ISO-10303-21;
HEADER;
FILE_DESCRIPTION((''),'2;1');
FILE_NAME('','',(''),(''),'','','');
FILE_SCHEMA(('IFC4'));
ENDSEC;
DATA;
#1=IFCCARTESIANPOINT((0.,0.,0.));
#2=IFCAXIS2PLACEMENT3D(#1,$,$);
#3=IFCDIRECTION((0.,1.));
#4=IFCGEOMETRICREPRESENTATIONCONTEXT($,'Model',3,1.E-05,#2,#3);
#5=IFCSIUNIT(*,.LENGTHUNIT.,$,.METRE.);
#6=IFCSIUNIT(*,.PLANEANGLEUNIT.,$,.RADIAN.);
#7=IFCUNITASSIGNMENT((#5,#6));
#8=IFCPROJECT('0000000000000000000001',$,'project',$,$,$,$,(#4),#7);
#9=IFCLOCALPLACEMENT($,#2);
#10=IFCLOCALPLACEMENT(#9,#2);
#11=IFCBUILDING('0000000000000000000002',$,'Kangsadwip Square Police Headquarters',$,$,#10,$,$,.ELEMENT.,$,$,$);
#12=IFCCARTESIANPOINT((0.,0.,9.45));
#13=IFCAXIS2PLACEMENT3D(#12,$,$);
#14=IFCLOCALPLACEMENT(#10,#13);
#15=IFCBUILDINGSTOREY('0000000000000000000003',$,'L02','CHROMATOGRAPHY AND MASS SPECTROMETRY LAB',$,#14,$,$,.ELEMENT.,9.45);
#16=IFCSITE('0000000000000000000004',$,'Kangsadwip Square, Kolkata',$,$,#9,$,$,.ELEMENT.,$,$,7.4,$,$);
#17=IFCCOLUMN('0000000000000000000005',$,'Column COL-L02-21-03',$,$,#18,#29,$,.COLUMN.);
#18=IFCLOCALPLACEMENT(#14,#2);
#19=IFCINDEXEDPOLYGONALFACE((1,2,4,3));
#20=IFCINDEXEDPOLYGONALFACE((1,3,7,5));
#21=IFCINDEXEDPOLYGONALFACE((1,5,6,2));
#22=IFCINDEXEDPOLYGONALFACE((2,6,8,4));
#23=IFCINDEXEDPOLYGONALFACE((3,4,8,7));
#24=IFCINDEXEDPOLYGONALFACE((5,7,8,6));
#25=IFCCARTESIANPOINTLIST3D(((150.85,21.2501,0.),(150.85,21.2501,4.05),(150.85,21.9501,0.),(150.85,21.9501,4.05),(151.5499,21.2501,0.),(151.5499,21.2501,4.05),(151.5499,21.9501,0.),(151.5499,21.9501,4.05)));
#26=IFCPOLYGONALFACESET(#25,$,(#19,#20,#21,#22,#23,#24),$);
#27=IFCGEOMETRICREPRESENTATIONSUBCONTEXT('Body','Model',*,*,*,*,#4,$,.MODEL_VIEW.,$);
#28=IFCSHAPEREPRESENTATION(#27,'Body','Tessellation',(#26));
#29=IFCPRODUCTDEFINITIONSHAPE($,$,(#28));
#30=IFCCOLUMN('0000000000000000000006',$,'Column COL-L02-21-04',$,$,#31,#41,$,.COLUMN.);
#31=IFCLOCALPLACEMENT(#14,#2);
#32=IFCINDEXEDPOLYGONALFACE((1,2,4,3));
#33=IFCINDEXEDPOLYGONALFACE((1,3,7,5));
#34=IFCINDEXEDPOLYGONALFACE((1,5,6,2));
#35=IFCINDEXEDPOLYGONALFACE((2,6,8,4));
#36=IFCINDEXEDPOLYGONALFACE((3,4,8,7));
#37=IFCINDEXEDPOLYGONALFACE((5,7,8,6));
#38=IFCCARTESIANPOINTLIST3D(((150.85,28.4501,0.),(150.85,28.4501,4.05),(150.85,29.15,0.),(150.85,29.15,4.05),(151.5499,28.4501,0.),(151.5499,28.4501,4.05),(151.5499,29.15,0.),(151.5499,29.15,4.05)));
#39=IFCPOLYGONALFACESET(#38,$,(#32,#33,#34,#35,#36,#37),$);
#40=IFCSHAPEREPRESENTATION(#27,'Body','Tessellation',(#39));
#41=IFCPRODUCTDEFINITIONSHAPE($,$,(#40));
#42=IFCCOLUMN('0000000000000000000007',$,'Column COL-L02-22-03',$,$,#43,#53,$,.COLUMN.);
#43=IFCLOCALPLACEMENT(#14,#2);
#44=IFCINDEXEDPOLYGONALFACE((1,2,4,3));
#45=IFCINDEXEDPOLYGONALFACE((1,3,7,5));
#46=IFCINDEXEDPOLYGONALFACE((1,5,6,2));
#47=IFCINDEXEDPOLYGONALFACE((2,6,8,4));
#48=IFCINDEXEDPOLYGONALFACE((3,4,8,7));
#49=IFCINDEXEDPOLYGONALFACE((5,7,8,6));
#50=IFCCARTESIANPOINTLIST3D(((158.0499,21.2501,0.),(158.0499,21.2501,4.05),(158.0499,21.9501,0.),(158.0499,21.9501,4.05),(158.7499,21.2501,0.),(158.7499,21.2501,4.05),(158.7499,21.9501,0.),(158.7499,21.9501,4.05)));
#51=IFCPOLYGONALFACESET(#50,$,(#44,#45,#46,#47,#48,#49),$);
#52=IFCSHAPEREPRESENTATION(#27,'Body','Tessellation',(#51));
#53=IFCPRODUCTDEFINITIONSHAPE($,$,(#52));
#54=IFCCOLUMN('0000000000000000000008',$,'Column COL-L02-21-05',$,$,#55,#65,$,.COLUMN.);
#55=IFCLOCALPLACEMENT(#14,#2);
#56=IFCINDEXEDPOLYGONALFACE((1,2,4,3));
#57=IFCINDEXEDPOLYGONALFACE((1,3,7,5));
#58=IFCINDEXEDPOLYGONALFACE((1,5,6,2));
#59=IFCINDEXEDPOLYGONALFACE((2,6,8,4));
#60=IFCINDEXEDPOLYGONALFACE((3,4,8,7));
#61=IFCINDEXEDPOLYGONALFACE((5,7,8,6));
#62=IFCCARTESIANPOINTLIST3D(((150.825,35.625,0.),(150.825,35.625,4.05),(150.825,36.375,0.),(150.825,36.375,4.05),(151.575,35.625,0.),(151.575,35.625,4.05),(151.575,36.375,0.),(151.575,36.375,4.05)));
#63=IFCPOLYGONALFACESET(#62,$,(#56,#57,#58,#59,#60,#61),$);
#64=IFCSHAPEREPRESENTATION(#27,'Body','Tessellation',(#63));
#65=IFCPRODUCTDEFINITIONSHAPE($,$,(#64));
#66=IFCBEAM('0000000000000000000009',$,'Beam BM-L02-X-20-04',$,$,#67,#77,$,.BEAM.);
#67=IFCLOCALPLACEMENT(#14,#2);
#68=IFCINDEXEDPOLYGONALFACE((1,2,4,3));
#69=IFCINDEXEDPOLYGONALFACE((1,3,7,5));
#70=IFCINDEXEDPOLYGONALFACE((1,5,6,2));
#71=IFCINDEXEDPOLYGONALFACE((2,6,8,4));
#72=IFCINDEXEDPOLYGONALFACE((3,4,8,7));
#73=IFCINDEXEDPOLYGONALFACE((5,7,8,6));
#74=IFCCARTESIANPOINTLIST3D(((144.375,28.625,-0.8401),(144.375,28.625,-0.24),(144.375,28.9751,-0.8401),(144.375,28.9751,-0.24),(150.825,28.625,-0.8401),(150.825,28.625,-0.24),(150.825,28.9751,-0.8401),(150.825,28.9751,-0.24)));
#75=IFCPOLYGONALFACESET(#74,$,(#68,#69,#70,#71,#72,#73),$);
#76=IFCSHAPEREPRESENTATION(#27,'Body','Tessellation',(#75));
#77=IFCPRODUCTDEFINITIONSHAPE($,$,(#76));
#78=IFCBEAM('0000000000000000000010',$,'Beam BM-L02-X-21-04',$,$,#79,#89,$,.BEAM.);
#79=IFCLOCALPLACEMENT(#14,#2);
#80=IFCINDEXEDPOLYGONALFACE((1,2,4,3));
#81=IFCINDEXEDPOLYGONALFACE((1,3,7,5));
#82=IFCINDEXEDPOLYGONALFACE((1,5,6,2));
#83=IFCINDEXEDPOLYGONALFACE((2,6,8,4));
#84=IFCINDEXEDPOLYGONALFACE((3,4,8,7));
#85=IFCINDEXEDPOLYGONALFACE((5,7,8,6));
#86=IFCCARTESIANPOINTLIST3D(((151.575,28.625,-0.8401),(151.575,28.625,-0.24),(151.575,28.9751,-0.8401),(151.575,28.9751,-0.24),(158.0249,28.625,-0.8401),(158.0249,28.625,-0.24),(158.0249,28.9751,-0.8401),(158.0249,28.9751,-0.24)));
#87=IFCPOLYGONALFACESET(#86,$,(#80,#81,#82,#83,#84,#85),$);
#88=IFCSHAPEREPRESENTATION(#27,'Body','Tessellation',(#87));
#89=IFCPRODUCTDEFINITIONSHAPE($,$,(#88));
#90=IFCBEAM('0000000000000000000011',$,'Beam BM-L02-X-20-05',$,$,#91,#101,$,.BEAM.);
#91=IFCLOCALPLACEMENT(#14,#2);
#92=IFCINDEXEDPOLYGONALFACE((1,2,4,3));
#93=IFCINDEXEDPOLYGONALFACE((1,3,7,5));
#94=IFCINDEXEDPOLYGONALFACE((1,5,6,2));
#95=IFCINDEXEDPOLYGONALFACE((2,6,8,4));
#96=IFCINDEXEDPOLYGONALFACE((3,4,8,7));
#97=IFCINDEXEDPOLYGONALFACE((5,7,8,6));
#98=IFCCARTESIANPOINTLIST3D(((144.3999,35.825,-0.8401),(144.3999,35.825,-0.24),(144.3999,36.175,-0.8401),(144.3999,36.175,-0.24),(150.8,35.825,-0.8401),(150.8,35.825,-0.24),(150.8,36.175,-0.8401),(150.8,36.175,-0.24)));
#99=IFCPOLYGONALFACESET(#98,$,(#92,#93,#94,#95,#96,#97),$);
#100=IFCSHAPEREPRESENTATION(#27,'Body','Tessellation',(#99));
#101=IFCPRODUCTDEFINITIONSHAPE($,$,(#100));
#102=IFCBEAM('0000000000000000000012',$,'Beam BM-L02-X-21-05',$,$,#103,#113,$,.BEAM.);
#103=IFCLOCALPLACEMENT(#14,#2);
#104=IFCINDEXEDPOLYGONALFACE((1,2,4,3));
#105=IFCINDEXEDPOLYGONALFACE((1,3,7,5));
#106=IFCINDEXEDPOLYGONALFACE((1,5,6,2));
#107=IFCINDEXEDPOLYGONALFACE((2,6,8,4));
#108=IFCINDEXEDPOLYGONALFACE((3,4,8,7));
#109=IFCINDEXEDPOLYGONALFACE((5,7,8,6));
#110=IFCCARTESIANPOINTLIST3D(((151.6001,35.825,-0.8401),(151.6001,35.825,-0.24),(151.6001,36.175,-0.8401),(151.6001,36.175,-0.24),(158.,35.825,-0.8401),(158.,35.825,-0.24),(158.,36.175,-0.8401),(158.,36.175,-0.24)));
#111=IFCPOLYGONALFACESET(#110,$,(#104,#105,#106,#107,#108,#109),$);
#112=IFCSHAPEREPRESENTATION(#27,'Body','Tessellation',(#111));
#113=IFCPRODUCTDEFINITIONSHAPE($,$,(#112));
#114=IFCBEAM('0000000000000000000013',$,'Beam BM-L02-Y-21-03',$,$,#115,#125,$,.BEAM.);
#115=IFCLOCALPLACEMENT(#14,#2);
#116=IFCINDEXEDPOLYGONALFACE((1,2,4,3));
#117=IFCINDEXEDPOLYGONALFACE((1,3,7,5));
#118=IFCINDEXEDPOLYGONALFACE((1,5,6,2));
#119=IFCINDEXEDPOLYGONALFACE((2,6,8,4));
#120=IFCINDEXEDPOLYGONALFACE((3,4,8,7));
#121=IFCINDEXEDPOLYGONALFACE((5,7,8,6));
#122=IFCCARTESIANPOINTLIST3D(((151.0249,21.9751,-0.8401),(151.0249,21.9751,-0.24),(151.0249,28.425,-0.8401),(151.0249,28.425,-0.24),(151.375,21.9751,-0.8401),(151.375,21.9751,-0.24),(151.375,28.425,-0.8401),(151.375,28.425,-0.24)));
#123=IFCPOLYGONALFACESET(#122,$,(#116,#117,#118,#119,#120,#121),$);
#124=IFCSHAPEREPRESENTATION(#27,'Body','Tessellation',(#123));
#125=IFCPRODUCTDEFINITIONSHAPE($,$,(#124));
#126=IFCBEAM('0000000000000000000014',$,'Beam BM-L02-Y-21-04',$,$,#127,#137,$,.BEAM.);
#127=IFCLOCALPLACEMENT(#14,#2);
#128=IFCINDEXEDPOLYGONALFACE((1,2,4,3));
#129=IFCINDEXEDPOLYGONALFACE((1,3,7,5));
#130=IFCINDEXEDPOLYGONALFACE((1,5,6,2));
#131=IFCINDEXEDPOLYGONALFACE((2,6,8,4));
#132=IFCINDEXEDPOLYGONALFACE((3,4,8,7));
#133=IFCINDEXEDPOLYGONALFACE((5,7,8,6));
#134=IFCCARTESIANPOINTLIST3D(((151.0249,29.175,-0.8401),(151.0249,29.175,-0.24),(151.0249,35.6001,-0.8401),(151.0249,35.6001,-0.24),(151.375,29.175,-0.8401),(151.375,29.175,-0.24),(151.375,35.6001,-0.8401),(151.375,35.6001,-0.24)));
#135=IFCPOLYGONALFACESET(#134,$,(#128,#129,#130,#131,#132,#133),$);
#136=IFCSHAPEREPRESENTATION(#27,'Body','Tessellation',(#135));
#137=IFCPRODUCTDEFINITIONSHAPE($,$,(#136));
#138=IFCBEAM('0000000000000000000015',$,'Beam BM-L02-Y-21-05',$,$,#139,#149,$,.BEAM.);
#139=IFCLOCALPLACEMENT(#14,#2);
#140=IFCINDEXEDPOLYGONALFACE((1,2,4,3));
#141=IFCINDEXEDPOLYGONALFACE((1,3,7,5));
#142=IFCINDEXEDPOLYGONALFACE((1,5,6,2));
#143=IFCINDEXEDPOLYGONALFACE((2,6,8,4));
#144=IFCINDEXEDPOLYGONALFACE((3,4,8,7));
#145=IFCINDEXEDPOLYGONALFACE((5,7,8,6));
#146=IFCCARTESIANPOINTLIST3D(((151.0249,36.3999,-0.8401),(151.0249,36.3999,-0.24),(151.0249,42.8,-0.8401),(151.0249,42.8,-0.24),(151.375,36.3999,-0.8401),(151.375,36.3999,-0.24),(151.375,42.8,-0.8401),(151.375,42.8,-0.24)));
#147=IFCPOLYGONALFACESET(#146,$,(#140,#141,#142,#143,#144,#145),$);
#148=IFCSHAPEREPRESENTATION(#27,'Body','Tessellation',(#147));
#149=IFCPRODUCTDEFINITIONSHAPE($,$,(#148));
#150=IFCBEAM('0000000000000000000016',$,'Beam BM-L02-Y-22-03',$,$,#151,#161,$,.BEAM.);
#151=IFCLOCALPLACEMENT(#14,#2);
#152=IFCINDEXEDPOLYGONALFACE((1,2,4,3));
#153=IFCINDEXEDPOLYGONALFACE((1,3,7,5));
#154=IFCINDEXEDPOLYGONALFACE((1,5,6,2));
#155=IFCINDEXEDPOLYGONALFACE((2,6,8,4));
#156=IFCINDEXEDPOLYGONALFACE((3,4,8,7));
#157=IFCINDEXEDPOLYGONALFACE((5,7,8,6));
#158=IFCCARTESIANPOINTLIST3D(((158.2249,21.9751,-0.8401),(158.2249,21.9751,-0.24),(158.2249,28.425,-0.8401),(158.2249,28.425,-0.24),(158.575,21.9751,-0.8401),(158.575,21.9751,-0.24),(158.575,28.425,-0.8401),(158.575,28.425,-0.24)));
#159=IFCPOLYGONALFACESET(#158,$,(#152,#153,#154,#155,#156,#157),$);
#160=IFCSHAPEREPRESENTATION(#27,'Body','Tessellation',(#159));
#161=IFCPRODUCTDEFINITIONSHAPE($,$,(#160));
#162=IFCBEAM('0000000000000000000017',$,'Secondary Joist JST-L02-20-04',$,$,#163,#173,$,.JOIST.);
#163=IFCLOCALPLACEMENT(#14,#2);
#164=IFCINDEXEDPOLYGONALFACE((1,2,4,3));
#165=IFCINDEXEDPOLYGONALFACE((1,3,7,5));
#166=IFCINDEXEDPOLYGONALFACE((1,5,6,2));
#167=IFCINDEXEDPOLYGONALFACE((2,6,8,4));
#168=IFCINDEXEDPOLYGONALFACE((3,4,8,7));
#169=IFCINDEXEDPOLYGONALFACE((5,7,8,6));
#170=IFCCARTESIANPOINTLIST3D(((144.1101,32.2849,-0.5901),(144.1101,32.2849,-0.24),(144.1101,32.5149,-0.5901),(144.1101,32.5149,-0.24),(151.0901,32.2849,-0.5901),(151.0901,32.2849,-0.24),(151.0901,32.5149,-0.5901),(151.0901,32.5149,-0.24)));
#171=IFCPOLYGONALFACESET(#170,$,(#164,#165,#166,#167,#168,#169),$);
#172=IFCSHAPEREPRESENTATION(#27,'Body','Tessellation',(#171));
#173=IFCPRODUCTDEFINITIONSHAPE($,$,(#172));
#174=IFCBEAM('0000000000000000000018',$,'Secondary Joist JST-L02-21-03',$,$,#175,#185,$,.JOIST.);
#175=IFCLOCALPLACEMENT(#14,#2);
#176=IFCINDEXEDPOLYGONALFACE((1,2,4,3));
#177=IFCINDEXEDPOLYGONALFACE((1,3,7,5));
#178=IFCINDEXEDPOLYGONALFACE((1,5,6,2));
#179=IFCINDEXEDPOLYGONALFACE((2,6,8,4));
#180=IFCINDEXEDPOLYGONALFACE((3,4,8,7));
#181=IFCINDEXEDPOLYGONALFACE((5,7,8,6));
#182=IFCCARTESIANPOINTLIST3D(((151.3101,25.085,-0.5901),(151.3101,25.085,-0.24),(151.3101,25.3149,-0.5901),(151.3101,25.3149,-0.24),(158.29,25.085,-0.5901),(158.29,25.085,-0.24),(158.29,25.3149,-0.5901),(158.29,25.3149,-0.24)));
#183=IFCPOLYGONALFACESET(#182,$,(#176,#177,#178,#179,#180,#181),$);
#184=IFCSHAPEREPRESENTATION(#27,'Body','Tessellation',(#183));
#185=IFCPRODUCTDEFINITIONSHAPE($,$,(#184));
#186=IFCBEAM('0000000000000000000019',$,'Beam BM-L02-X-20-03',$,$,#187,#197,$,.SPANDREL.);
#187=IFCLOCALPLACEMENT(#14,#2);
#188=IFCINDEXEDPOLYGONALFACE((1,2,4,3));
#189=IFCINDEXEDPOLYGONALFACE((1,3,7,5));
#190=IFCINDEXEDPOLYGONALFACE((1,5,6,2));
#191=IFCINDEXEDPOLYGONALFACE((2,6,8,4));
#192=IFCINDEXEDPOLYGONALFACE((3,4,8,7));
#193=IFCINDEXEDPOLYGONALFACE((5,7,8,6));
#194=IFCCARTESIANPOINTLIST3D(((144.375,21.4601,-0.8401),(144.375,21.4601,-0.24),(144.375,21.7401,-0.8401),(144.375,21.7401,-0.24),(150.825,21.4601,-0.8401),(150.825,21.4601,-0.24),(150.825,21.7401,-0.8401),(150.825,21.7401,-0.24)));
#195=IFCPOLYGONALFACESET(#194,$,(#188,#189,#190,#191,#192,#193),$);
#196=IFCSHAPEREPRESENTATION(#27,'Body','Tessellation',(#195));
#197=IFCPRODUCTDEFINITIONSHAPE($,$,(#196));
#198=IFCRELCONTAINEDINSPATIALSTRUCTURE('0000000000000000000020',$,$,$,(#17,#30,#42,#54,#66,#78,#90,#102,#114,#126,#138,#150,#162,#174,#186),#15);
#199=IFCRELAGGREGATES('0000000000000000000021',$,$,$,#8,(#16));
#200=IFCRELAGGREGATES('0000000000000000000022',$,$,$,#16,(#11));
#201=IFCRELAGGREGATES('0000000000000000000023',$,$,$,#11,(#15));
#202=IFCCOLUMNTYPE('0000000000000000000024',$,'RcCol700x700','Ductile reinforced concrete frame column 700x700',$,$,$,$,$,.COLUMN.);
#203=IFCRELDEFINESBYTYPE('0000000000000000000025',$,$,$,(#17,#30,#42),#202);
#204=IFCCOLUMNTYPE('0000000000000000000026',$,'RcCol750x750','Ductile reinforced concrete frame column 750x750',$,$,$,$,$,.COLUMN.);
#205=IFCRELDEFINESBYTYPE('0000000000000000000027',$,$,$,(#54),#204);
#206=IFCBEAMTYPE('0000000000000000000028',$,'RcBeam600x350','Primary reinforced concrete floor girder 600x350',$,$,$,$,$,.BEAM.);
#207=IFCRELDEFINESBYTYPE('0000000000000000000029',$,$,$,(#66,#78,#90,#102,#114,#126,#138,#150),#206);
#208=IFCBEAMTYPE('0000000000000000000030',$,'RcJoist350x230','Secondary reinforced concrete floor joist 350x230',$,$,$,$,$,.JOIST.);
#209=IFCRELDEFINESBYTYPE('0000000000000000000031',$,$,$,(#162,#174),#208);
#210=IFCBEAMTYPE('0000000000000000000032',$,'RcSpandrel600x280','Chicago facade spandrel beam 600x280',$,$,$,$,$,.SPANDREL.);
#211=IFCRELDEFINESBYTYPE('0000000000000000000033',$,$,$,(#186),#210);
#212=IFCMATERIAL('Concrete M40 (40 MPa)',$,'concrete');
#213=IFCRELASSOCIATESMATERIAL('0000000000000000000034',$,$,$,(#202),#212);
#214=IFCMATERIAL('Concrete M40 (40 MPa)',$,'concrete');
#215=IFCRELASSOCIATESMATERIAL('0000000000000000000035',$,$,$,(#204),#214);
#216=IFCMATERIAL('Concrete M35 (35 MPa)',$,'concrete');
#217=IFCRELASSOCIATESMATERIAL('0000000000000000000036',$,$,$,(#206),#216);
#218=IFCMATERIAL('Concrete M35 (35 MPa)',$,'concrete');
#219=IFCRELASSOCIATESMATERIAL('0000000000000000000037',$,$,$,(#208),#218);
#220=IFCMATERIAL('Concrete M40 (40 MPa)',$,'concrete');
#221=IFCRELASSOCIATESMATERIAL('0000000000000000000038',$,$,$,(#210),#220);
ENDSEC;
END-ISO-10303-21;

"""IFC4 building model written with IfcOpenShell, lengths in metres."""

from ifc_helpers import new_model, si_unit, direction, frame, origin, origin_2d, place, context, subcontext, project, spatial, rectangle, extrude, material, material_profile, profile_set, type_object, element, save


model = new_model("IFC4")

# Units and contexts
model_context = context("Model", 3, precision=1e-05, world=origin(), true_north=direction((0.0, 1.0)))
body_context = subcontext(model_context, "Body", "Model", "MODEL_VIEW")
ifc_project = project(units=[si_unit("LENGTHUNIT", "METRE"), si_unit("PLANEANGLEUNIT", "RADIAN")], contexts=[model_context])

# Site, building, storey
site_placement = place(None, origin())
site = spatial("IfcSite", under=ifc_project, at=site_placement, Name="Kangsadwip Square, Kolkata", CompositionType="ELEMENT", RefElevation=7.4)
building_placement = place(site_placement, origin())
building = spatial("IfcBuilding", under=site, at=building_placement, Name="Kangsadwip Square Police Headquarters", CompositionType="ELEMENT")
storey_placement = place(building_placement, frame((0.0, 0.0, 9.45)))
storey = spatial("IfcBuildingStorey", under=building, at=storey_placement, Name="L02", Description="CHROMATOGRAPHY AND MASS SPECTROMETRY LAB", CompositionType="ELEMENT", Elevation=9.45)

# Columns
ifc_material_1 = material(Name="Concrete M40 (40 MPa)", Category="concrete")
ifc_material_profile_1 = material_profile(ifc_material_1, rectangle(XDim=0.7, YDim=0.7, at=origin_2d()), Name="RC COL 700X700")
ifc_profile_set_1 = profile_set([ifc_material_profile_1], Name="Concrete M40 (40 MPa)")
column_type_1 = type_object("IfcColumnType", Name="RcCol700x700", Description="Ductile reinforced concrete frame column 700x700", PredefinedType="COLUMN", material=ifc_profile_set_1)
for number, where, z_axis, x_axis, name in (
    (1, (151.2, 21.6001, 0.0), (0.0, 0.0, 1.0), (1.0, 0.0, 0.0), "Column COL-L02-21-03"),
    (2, (151.2, 28.8, 0.0), (0.0, 0.0, 1.0), (1.0, 0.0, 0.0), "Column COL-L02-21-04"),
    (3, (158.3999, 21.6001, 0.0), (0.0, 0.0, 1.0), (1.0, 0.0, 0.0), "Column COL-L02-22-03"),
):
    element("IfcColumn", number, at=place(storey_placement, frame(where, z_axis=z_axis, x_axis=x_axis)), inside=storey, type_object=column_type_1, Name=name, PredefinedType="COLUMN", context=body_context, shape_type="SweptSolid", body=[
        extrude(rectangle(XDim=0.7, YDim=0.7, at=origin_2d()), origin(), (0.0, 0.0, 1.0), 4.05),
    ])
ifc_material_2 = material(Name="Concrete M40 (40 MPa)", Category="concrete")
ifc_material_profile_2 = material_profile(ifc_material_2, rectangle(XDim=0.75, YDim=0.75, at=origin_2d()), Name="RC COL 750X750")
ifc_profile_set_2 = profile_set([ifc_material_profile_2], Name="Concrete M40 (40 MPa)")
column_type_2 = type_object("IfcColumnType", Name="RcCol750x750", Description="Ductile reinforced concrete frame column 750x750", PredefinedType="COLUMN", material=ifc_profile_set_2)
column_placement = place(storey_placement, frame((151.2, 36.0, 0.0), z_axis=(0.0, 0.0, 1.0), x_axis=(1.0, 0.0, 0.0)))
element("IfcColumn", 4, at=column_placement, inside=storey, type_object=column_type_2, Name="Column COL-L02-21-05", PredefinedType="COLUMN", context=body_context, shape_type="SweptSolid", body=[
    extrude(rectangle(XDim=0.75, YDim=0.75, at=origin_2d()), origin(), (0.0, 0.0, 1.0), 4.05),
])

# Beams
ifc_material_3 = material(Name="Concrete M35 (35 MPa)", Category="concrete")
ifc_material_profile_3 = material_profile(ifc_material_3, rectangle(XDim=0.3501, YDim=0.6001, at=origin_2d()), Name="RC BM 600X350")
ifc_profile_set_3 = profile_set([ifc_material_profile_3], Name="Concrete M35 (35 MPa)")
beam_type_1 = type_object("IfcBeamType", Name="RcBeam600x350", Description="Primary reinforced concrete floor girder 600x350", PredefinedType="BEAM", material=ifc_profile_set_3)
for number, where, z_axis, x_axis, name in (
    (5, (144.375, 28.8, -0.54), (1.0, 0.0, 0.0), (0.0, 1.0, 0.0), "Beam BM-L02-X-20-04"),
    (6, (151.575, 28.8, -0.54), (1.0, 0.0, 0.0), (0.0, 1.0, 0.0), "Beam BM-L02-X-21-04"),
):
    element("IfcBeam", number, at=place(storey_placement, frame(where, z_axis=z_axis, x_axis=x_axis)), inside=storey, type_object=beam_type_1, Name=name, PredefinedType="BEAM", context=body_context, shape_type="SweptSolid", body=[
        extrude(rectangle(XDim=0.3501, YDim=0.6001, at=origin_2d()), origin(), (0.0, 0.0, 1.0), 6.45),
    ])
beam_1_placement = place(storey_placement, frame((144.3999, 36.0, -0.54), z_axis=(1.0, 0.0, 0.0), x_axis=(0.0, 1.0, 0.0)))
element("IfcBeam", 7, at=beam_1_placement, inside=storey, type_object=beam_type_1, Name="Beam BM-L02-X-20-05", PredefinedType="BEAM", context=body_context, shape_type="SweptSolid", body=[
    extrude(rectangle(XDim=0.3501, YDim=0.6001, at=origin_2d()), origin(), (0.0, 0.0, 1.0), 6.4001),
])
beam_2_placement = place(storey_placement, frame((151.6001, 36.0, -0.54), z_axis=(1.0, 0.0, 0.0), x_axis=(0.0, 1.0, 0.0)))
element("IfcBeam", 8, at=beam_2_placement, inside=storey, type_object=beam_type_1, Name="Beam BM-L02-X-21-05", PredefinedType="BEAM", context=body_context, shape_type="SweptSolid", body=[
    extrude(rectangle(XDim=0.3501, YDim=0.6001, at=origin_2d()), origin(), (0.0, 0.0, 1.0), 6.3999),
])
beam_3_placement = place(storey_placement, frame((151.2, 21.9751, -0.54), z_axis=(0.0, 1.0, 0.0), x_axis=(-1.0, 0.0, 0.0)))
element("IfcBeam", 9, at=beam_3_placement, inside=storey, type_object=beam_type_1, Name="Beam BM-L02-Y-21-03", PredefinedType="BEAM", context=body_context, shape_type="SweptSolid", body=[
    extrude(rectangle(XDim=0.3501, YDim=0.6001, at=origin_2d()), origin(), (0.0, 0.0, 1.0), 6.45),
])
beam_4_placement = place(storey_placement, frame((151.2, 29.175, -0.54), z_axis=(0.0, 1.0, 0.0), x_axis=(-1.0, 0.0, 0.0)))
element("IfcBeam", 10, at=beam_4_placement, inside=storey, type_object=beam_type_1, Name="Beam BM-L02-Y-21-04", PredefinedType="BEAM", context=body_context, shape_type="SweptSolid", body=[
    extrude(rectangle(XDim=0.3501, YDim=0.6001, at=origin_2d()), origin(), (0.0, 0.0, 1.0), 6.425),
])
beam_5_placement = place(storey_placement, frame((151.2, 36.3999, -0.54), z_axis=(0.0, 1.0, 0.0), x_axis=(-1.0, 0.0, 0.0)))
element("IfcBeam", 11, at=beam_5_placement, inside=storey, type_object=beam_type_1, Name="Beam BM-L02-Y-21-05", PredefinedType="BEAM", context=body_context, shape_type="SweptSolid", body=[
    extrude(rectangle(XDim=0.3501, YDim=0.6001, at=origin_2d()), origin(), (0.0, 0.0, 1.0), 6.4001),
])
beam_6_placement = place(storey_placement, frame((158.3999, 21.9751, -0.54), z_axis=(0.0, 1.0, 0.0), x_axis=(-1.0, 0.0, 0.0)))
element("IfcBeam", 12, at=beam_6_placement, inside=storey, type_object=beam_type_1, Name="Beam BM-L02-Y-22-03", PredefinedType="BEAM", context=body_context, shape_type="SweptSolid", body=[
    extrude(rectangle(XDim=0.3501, YDim=0.6001, at=origin_2d()), origin(), (0.0, 0.0, 1.0), 6.45),
])
ifc_material_4 = material(Name="Concrete M35 (35 MPa)", Category="concrete")
ifc_material_profile_4 = material_profile(ifc_material_4, rectangle(XDim=0.23, YDim=0.3501, at=origin_2d()), Name="RC JST 350X230")
ifc_profile_set_4 = profile_set([ifc_material_profile_4], Name="Concrete M35 (35 MPa)")
beam_type_2 = type_object("IfcBeamType", Name="RcJoist350x230", Description="Secondary reinforced concrete floor joist 350x230", PredefinedType="JOIST", material=ifc_profile_set_4)
for number, where, z_axis, x_axis, name in (
    (13, (144.1101, 32.3999, -0.415), (1.0, 0.0, 0.0), (0.0, 1.0, 0.0), "Secondary Joist JST-L02-20-04"),
    (14, (151.3101, 25.2, -0.415), (1.0, 0.0, 0.0), (0.0, 1.0, 0.0), "Secondary Joist JST-L02-21-03"),
):
    element("IfcBeam", number, at=place(storey_placement, frame(where, z_axis=z_axis, x_axis=x_axis)), inside=storey, type_object=beam_type_2, Name=name, PredefinedType="JOIST", context=body_context, shape_type="SweptSolid", body=[
        extrude(rectangle(XDim=0.23, YDim=0.3501, at=origin_2d()), origin(), (0.0, 0.0, 1.0), 6.98),
    ])
ifc_material_5 = material(Name="Concrete M40 (40 MPa)", Category="concrete")
ifc_material_profile_5 = material_profile(ifc_material_5, rectangle(XDim=0.28, YDim=0.6001, at=origin_2d()), Name="RC SPN 600X280")
ifc_profile_set_5 = profile_set([ifc_material_profile_5], Name="Concrete M40 (40 MPa)")
beam_type_3 = type_object("IfcBeamType", Name="RcSpandrel600x280", Description="Chicago facade spandrel beam 600x280", PredefinedType="SPANDREL", material=ifc_profile_set_5)
for number, where, z_axis, x_axis, name in (
    (15, (144.375, 21.6001, -0.54), (1.0, 0.0, 0.0), (0.0, 1.0, 0.0), "Beam BM-L02-X-20-03"),
):
    element("IfcBeam", number, at=place(storey_placement, frame(where, z_axis=z_axis, x_axis=x_axis)), inside=storey, type_object=beam_type_3, Name=name, PredefinedType="SPANDREL", context=body_context, shape_type="SweptSolid", body=[
        extrude(rectangle(XDim=0.28, YDim=0.6001, at=origin_2d()), origin(), (0.0, 0.0, 1.0), 6.45),
    ])

save(model, "model.ifc")
